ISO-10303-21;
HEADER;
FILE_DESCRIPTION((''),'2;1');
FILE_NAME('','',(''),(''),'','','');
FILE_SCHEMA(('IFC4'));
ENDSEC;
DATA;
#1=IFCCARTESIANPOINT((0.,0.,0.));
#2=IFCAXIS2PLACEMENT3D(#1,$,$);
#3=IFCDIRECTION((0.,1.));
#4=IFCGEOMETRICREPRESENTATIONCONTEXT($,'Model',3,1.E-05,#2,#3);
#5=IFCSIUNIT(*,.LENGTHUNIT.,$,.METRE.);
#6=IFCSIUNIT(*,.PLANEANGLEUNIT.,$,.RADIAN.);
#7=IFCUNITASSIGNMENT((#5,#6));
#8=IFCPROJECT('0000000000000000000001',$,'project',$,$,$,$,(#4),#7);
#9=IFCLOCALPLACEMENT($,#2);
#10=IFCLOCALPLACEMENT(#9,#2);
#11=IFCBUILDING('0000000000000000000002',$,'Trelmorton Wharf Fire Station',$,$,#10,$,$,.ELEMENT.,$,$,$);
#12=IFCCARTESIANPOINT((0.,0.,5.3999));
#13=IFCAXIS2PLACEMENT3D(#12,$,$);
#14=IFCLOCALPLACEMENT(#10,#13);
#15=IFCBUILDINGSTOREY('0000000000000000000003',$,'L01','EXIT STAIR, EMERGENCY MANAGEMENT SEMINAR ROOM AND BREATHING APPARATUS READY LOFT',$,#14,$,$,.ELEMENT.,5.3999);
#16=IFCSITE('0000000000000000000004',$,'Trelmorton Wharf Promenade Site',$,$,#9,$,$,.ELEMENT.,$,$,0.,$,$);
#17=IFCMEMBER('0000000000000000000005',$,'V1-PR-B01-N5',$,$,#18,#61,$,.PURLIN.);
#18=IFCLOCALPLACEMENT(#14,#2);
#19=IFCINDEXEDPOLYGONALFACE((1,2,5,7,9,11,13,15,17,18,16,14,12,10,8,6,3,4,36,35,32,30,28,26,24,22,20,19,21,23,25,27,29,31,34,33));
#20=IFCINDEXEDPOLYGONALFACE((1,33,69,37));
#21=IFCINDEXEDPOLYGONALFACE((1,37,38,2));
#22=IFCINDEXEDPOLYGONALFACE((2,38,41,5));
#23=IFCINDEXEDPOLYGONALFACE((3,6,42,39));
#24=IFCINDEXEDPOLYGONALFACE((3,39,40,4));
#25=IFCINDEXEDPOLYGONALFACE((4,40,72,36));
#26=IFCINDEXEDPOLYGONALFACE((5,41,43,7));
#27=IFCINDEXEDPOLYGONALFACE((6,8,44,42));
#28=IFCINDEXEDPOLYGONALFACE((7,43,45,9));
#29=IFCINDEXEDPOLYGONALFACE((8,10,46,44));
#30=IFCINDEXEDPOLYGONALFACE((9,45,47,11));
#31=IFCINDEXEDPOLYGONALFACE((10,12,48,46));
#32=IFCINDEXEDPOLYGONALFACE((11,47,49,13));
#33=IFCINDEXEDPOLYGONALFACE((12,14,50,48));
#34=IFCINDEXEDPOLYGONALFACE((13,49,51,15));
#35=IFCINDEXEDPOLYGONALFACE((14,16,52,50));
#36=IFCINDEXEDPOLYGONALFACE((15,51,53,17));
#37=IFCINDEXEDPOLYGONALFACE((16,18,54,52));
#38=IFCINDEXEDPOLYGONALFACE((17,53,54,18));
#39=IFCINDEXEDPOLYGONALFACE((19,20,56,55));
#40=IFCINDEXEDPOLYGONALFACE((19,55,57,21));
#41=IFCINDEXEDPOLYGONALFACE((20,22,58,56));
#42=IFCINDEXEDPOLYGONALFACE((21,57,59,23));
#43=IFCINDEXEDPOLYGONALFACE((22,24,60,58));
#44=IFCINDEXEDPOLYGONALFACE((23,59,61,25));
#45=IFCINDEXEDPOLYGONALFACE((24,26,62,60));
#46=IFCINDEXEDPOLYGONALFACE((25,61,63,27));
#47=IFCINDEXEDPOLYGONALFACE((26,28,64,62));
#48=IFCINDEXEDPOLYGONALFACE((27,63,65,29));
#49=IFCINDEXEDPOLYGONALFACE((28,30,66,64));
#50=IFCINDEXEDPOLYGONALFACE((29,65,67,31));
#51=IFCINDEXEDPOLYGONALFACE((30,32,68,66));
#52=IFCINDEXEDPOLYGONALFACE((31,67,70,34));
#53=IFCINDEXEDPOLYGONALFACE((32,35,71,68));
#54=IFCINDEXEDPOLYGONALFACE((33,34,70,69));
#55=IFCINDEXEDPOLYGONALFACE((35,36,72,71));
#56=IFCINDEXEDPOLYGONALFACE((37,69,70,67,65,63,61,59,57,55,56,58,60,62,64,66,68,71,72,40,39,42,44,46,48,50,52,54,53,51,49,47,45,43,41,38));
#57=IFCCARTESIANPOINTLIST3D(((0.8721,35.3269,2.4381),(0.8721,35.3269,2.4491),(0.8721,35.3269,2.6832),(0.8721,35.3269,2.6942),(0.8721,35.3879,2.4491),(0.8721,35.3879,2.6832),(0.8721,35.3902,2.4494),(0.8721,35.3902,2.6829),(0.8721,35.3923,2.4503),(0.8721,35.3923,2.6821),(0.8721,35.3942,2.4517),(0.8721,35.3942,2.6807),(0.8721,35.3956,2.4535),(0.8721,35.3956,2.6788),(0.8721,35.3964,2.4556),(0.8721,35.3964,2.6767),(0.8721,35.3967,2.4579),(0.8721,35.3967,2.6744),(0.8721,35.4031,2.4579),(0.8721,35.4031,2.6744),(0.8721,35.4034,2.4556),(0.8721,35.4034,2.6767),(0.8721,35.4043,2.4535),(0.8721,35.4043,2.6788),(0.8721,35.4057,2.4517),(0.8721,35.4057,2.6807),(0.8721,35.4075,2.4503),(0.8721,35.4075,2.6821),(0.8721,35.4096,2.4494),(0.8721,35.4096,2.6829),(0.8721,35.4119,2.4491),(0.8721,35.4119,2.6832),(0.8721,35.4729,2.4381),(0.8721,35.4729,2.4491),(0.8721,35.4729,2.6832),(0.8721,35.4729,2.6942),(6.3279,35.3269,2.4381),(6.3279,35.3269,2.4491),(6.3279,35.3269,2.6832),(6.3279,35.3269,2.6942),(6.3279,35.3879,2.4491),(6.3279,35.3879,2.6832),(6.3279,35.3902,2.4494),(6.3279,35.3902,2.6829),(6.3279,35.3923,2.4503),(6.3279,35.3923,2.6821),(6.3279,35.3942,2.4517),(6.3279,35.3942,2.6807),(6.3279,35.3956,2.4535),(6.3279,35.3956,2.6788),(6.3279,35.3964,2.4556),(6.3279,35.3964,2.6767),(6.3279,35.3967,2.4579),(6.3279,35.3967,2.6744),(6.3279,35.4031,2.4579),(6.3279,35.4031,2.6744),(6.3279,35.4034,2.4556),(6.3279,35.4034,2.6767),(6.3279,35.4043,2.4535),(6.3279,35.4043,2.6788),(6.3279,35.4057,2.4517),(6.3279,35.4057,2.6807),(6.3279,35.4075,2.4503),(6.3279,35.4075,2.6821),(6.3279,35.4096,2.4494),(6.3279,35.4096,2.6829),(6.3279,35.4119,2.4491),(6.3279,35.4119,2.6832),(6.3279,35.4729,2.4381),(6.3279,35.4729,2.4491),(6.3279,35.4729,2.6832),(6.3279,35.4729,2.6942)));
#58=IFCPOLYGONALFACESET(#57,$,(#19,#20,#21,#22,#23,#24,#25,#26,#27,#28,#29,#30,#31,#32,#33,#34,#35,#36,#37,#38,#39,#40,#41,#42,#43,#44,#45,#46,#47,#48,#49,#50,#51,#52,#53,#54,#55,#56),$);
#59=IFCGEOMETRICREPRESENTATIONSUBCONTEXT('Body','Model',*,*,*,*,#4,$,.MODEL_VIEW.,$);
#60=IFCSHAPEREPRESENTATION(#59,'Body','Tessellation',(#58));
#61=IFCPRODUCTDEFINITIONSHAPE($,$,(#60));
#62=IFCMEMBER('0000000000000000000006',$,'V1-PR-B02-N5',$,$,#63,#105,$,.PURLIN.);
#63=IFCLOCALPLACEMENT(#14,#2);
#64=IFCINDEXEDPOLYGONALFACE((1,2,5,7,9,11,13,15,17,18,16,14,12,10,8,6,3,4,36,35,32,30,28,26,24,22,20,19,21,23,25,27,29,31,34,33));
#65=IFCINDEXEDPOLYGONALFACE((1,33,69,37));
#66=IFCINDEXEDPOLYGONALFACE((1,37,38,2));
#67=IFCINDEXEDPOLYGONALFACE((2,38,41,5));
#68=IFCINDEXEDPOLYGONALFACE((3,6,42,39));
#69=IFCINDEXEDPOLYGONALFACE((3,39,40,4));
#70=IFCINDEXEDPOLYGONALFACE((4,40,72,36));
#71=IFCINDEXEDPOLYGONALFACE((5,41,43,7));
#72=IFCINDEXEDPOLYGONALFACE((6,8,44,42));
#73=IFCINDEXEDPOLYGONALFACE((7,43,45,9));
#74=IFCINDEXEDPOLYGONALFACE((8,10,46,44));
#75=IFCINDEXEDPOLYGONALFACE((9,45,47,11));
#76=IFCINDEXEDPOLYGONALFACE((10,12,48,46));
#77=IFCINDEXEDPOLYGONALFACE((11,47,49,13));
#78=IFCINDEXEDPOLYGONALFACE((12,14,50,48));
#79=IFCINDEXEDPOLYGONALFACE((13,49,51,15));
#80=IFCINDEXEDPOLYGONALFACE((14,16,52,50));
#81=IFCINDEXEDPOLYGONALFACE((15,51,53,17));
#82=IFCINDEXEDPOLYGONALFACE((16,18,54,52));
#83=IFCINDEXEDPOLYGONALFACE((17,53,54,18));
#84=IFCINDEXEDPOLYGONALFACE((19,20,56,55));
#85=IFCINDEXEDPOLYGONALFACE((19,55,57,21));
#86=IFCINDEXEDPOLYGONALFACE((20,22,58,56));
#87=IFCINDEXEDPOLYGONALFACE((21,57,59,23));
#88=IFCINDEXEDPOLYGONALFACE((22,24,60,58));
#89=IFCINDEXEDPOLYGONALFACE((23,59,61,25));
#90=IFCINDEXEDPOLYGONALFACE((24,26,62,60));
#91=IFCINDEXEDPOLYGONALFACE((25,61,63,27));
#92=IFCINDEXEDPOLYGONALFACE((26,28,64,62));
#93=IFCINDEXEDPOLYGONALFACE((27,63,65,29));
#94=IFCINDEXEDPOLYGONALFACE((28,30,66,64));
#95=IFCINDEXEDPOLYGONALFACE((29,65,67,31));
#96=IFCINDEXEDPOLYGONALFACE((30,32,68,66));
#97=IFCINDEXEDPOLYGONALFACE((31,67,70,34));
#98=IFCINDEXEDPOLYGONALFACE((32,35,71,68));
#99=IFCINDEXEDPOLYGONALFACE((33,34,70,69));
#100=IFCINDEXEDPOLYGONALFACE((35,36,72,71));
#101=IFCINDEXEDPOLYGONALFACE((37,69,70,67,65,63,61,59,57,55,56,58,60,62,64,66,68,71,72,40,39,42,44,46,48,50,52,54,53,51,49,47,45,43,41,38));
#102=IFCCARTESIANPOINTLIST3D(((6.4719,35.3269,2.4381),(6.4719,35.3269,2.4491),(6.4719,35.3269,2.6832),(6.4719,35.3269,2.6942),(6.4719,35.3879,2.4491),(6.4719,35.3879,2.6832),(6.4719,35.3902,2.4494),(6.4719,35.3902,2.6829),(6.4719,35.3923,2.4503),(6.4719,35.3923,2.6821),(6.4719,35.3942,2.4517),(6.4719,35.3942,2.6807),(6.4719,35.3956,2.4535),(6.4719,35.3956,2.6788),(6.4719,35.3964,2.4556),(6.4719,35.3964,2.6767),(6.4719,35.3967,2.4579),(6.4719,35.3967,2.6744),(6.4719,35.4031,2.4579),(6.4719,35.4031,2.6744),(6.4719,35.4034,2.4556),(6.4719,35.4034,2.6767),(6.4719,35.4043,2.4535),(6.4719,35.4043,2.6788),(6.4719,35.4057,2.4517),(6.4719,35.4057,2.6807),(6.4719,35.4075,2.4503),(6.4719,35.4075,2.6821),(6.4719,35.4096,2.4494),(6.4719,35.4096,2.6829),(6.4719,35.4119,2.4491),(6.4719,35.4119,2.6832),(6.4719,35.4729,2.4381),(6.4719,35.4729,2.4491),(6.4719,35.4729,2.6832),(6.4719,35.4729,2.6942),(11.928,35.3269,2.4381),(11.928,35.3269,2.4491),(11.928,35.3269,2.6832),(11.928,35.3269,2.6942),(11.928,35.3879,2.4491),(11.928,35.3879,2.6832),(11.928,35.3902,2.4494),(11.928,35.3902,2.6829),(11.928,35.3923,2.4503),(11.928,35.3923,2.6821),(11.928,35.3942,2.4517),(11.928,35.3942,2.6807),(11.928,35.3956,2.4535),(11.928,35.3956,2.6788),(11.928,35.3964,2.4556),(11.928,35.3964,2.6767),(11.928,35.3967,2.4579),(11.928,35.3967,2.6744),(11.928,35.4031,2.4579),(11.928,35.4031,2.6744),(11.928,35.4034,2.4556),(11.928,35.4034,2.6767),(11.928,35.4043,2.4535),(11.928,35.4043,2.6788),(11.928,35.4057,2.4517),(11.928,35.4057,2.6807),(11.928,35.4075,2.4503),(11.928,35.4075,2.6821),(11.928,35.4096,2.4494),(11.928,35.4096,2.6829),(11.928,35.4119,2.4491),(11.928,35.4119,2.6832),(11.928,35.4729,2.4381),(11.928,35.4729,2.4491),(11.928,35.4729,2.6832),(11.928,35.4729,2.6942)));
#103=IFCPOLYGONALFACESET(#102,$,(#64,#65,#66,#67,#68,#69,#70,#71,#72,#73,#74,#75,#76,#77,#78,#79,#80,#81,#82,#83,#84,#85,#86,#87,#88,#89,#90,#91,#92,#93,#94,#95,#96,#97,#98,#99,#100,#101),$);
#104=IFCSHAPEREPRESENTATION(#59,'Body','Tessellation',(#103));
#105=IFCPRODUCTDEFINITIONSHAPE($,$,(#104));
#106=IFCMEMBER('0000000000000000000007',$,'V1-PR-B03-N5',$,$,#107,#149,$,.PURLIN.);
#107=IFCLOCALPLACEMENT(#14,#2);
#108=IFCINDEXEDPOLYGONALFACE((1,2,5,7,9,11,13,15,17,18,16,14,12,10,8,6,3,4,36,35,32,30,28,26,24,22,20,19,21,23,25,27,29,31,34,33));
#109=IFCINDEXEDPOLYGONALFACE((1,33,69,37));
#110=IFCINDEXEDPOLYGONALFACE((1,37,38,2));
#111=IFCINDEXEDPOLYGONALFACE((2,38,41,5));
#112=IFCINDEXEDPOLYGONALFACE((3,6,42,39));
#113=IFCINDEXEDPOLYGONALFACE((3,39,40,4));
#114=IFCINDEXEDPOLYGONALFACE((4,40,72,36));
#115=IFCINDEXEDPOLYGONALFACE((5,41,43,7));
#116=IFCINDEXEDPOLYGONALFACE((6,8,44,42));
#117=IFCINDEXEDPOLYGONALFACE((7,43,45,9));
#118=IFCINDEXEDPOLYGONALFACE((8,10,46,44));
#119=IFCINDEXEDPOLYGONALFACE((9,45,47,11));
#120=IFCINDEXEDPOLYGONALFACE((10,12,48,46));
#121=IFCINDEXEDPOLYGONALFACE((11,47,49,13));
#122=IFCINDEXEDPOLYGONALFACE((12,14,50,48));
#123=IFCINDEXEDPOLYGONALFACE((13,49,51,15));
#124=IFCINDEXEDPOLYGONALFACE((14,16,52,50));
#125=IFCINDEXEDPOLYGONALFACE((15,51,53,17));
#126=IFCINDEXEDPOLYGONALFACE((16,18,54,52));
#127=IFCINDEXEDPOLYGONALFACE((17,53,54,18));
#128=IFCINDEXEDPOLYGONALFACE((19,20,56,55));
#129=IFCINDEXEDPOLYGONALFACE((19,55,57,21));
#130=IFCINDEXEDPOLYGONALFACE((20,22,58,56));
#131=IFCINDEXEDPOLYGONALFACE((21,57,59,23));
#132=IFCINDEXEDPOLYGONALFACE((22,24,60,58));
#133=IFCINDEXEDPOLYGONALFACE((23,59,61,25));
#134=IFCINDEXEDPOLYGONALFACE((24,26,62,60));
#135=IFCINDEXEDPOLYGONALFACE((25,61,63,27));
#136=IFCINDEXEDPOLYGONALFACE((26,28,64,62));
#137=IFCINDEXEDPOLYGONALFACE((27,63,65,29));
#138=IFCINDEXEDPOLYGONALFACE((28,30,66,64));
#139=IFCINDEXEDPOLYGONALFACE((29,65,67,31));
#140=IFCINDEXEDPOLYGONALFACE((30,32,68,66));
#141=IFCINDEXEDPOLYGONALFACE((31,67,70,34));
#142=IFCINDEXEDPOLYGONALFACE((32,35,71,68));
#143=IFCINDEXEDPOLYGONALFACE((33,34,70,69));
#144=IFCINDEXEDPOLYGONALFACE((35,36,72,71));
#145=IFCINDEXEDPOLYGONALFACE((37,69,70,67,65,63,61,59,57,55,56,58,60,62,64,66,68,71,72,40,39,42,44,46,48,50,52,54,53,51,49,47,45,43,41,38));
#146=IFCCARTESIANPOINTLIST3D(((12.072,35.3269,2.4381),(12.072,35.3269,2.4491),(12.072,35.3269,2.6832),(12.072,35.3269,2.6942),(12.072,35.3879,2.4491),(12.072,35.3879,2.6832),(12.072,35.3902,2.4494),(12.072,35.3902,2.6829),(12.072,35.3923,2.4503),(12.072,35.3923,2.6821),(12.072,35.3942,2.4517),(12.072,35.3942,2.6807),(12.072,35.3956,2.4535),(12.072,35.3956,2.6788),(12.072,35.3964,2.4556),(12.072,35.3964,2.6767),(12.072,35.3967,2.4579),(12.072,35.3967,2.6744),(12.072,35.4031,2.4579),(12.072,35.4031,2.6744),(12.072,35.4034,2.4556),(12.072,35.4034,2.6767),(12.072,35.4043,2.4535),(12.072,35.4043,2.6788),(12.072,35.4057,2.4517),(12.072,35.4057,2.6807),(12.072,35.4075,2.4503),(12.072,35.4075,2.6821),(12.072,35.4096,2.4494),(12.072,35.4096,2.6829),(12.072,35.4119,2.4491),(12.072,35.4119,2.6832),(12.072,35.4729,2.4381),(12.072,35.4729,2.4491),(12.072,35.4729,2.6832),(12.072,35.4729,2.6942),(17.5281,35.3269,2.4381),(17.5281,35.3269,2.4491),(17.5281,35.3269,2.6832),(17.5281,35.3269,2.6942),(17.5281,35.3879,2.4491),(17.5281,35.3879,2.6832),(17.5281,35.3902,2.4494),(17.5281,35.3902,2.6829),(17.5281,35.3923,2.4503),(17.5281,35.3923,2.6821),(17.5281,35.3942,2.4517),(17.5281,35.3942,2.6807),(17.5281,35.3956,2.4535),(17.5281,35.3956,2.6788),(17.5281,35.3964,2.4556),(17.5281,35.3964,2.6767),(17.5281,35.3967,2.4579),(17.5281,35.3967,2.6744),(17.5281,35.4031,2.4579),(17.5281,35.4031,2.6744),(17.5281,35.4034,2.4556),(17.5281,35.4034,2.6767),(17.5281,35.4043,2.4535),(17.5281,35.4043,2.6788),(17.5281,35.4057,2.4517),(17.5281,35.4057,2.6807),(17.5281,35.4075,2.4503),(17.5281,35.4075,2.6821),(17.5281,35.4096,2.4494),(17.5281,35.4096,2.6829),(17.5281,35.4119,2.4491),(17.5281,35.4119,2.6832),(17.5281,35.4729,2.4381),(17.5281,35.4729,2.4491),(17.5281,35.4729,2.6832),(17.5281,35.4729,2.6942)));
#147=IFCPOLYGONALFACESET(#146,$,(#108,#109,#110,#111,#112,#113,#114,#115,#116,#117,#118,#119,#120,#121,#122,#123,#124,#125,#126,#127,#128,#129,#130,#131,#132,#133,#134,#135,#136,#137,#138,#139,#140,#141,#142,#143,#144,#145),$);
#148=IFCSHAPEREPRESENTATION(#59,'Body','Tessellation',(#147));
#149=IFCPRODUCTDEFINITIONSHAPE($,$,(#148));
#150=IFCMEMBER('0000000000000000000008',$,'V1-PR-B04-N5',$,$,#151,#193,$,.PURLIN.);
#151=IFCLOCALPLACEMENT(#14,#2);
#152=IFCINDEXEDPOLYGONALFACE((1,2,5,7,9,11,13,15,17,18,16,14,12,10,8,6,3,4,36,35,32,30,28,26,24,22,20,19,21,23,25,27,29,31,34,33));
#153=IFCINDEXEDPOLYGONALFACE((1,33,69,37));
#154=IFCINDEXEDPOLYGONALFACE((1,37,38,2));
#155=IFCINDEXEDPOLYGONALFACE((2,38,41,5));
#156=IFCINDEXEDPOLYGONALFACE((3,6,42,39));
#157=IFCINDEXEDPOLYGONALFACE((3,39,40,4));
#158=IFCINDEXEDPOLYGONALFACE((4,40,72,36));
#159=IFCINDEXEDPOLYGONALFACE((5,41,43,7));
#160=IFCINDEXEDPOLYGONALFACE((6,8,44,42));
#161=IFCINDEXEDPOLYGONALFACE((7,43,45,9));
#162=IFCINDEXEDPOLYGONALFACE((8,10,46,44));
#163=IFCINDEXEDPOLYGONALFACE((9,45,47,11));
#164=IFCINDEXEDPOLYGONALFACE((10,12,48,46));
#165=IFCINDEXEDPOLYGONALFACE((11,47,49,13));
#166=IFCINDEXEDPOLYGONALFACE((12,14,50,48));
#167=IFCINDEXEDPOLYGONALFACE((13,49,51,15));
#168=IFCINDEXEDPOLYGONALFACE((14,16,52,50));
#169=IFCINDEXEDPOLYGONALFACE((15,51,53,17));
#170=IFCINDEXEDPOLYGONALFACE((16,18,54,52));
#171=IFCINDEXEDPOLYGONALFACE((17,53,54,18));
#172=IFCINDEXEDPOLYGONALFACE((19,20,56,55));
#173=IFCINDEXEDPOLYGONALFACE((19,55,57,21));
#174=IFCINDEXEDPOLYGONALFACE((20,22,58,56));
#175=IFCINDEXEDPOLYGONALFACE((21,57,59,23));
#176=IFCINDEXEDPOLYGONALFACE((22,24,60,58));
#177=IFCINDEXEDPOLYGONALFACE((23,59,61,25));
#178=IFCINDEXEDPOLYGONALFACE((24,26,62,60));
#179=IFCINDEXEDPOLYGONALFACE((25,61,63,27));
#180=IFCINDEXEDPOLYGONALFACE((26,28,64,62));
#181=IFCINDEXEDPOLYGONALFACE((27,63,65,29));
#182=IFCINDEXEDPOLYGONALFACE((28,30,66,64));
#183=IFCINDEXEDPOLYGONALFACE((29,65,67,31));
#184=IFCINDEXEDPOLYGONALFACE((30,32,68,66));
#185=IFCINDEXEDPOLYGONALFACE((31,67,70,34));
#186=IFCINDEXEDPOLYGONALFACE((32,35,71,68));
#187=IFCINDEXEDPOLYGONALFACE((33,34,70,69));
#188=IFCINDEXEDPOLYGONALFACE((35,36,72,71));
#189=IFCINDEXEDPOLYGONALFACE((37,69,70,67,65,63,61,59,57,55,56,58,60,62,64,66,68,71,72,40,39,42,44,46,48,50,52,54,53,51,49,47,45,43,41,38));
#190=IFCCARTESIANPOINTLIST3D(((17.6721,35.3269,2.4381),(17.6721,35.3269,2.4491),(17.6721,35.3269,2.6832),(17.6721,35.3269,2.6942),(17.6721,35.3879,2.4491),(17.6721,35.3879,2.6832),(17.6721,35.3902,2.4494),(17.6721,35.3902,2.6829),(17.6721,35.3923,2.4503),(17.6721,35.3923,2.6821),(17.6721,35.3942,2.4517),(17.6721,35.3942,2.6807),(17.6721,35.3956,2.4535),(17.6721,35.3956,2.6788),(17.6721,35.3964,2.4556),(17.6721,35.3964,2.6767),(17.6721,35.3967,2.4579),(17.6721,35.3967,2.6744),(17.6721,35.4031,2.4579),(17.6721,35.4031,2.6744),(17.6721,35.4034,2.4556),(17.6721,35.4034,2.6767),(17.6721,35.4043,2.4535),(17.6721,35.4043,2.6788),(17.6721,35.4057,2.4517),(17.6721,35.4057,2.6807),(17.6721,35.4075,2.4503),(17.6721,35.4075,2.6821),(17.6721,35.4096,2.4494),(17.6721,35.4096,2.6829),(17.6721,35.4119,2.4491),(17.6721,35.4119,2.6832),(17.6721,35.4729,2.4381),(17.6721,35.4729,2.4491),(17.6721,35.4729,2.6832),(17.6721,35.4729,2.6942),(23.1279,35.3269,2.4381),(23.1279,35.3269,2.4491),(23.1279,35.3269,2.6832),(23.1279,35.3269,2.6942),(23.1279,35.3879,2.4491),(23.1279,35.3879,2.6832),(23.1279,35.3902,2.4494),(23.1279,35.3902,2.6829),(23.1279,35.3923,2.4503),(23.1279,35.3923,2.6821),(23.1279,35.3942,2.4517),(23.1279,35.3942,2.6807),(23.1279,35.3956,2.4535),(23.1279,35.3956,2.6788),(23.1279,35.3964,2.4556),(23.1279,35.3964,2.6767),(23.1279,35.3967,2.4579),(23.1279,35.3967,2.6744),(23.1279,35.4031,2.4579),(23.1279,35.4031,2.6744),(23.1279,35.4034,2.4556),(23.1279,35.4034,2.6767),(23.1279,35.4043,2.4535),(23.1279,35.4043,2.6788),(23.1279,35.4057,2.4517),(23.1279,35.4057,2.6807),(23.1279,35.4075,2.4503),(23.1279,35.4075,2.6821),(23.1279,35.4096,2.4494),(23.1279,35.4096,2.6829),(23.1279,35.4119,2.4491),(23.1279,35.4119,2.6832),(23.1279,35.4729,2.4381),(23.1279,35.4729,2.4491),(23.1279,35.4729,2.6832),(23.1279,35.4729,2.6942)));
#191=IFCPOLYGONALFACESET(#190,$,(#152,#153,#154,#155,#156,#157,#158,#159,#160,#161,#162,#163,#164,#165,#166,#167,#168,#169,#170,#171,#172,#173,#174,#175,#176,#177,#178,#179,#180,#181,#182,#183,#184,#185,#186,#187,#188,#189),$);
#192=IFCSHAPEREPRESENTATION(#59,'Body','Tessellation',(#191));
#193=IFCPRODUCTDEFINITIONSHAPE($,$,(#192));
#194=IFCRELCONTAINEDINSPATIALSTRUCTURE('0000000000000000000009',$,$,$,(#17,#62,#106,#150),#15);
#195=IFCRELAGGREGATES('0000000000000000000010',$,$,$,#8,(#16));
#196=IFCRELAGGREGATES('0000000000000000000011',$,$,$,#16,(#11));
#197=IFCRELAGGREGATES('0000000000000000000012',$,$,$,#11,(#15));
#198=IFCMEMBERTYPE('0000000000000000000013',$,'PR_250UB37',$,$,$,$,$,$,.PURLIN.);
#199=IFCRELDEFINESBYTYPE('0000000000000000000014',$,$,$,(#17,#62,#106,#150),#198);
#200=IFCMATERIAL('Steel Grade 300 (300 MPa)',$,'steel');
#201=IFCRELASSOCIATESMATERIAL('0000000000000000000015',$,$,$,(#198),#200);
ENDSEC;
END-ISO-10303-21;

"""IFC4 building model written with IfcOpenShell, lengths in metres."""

from ifc_helpers import new_model, si_unit, direction, frame, origin, origin_2d, place, context, subcontext, project, spatial, i_section, extrude, material, material_profile, profile_set, type_object, element, save


model = new_model("IFC4")

# Units and contexts
model_context = context("Model", 3, precision=1e-05, world=origin(), true_north=direction((0.0, 1.0)))
body_context = subcontext(model_context, "Body", "Model", "MODEL_VIEW")
ifc_project = project(units=[si_unit("LENGTHUNIT", "METRE"), si_unit("PLANEANGLEUNIT", "RADIAN")], contexts=[model_context])

# Site, building, storey
site_placement = place(None, origin())
site = spatial("IfcSite", under=ifc_project, at=site_placement, Name="Trelmorton Wharf Promenade Site", CompositionType="ELEMENT", RefElevation=0.0)
building_placement = place(site_placement, origin())
building = spatial("IfcBuilding", under=site, at=building_placement, Name="Trelmorton Wharf Fire Station", CompositionType="ELEMENT")
storey_placement = place(building_placement, frame((0.0, 0.0, 5.3999)))
storey = spatial("IfcBuildingStorey", under=building, at=storey_placement, Name="L01", Description="EXIT STAIR, EMERGENCY MANAGEMENT SEMINAR ROOM AND BREATHING APPARATUS READY LOFT", CompositionType="ELEMENT", Elevation=5.3999)

# Members
ifc_material_1 = material(Name="Steel Grade 300 (300 MPa)", Category="steel")
ifc_material_profile_1 = material_profile(ifc_material_1, i_section(OverallWidth=0.146, OverallDepth=0.2561, WebThickness=0.0063, FlangeThickness=0.011, FilletRadius=0.0088, at=origin_2d()), Name="250UB37.3")
ifc_profile_set_1 = profile_set([ifc_material_profile_1], Name="Steel Grade 300 (300 MPa)")
member_type_1 = type_object("IfcMemberType", Name="PR_250UB37", PredefinedType="PURLIN", material=ifc_profile_set_1)
member_1_placement = place(storey_placement, frame((0.8721, 35.3999, 2.5662), z_axis=(1.0, 0.0, 0.0), x_axis=(0.0, 1.0, 0.0)))
element("IfcMember", 1, at=member_1_placement, inside=storey, type_object=member_type_1, Name="V1-PR-B01-N5", PredefinedType="PURLIN", context=body_context, shape_type="SweptSolid", body=[
    extrude(i_section(OverallWidth=0.146, OverallDepth=0.2561, WebThickness=0.0063, FlangeThickness=0.011, FilletRadius=0.0088, at=origin_2d()), origin(), (0.0, 0.0, 1.0), 5.4558),
])
for number, where, z_axis, x_axis, name in (
    (2, (6.4719, 35.3999, 2.5662), (1.0, 0.0, 0.0), (0.0, 1.0, 0.0), "V1-PR-B02-N5"),
    (3, (12.072, 35.3999, 2.5662), (1.0, 0.0, 0.0), (0.0, 1.0, 0.0), "V1-PR-B03-N5"),
):
    element("IfcMember", number, at=place(storey_placement, frame(where, z_axis=z_axis, x_axis=x_axis)), inside=storey, type_object=member_type_1, Name=name, PredefinedType="PURLIN", context=body_context, shape_type="SweptSolid", body=[
        extrude(i_section(OverallWidth=0.146, OverallDepth=0.2561, WebThickness=0.0063, FlangeThickness=0.011, FilletRadius=0.0088, at=origin_2d()), origin(), (0.0, 0.0, 1.0), 5.4561),
    ])
member_2_placement = place(storey_placement, frame((17.6721, 35.3999, 2.5662), z_axis=(1.0, 0.0, 0.0), x_axis=(0.0, 1.0, 0.0)))
element("IfcMember", 4, at=member_2_placement, inside=storey, type_object=member_type_1, Name="V1-PR-B04-N5", PredefinedType="PURLIN", context=body_context, shape_type="SweptSolid", body=[
    extrude(i_section(OverallWidth=0.146, OverallDepth=0.2561, WebThickness=0.0063, FlangeThickness=0.011, FilletRadius=0.0088, at=origin_2d()), origin(), (0.0, 0.0, 1.0), 5.4558),
])

save(model, "model.ifc")
